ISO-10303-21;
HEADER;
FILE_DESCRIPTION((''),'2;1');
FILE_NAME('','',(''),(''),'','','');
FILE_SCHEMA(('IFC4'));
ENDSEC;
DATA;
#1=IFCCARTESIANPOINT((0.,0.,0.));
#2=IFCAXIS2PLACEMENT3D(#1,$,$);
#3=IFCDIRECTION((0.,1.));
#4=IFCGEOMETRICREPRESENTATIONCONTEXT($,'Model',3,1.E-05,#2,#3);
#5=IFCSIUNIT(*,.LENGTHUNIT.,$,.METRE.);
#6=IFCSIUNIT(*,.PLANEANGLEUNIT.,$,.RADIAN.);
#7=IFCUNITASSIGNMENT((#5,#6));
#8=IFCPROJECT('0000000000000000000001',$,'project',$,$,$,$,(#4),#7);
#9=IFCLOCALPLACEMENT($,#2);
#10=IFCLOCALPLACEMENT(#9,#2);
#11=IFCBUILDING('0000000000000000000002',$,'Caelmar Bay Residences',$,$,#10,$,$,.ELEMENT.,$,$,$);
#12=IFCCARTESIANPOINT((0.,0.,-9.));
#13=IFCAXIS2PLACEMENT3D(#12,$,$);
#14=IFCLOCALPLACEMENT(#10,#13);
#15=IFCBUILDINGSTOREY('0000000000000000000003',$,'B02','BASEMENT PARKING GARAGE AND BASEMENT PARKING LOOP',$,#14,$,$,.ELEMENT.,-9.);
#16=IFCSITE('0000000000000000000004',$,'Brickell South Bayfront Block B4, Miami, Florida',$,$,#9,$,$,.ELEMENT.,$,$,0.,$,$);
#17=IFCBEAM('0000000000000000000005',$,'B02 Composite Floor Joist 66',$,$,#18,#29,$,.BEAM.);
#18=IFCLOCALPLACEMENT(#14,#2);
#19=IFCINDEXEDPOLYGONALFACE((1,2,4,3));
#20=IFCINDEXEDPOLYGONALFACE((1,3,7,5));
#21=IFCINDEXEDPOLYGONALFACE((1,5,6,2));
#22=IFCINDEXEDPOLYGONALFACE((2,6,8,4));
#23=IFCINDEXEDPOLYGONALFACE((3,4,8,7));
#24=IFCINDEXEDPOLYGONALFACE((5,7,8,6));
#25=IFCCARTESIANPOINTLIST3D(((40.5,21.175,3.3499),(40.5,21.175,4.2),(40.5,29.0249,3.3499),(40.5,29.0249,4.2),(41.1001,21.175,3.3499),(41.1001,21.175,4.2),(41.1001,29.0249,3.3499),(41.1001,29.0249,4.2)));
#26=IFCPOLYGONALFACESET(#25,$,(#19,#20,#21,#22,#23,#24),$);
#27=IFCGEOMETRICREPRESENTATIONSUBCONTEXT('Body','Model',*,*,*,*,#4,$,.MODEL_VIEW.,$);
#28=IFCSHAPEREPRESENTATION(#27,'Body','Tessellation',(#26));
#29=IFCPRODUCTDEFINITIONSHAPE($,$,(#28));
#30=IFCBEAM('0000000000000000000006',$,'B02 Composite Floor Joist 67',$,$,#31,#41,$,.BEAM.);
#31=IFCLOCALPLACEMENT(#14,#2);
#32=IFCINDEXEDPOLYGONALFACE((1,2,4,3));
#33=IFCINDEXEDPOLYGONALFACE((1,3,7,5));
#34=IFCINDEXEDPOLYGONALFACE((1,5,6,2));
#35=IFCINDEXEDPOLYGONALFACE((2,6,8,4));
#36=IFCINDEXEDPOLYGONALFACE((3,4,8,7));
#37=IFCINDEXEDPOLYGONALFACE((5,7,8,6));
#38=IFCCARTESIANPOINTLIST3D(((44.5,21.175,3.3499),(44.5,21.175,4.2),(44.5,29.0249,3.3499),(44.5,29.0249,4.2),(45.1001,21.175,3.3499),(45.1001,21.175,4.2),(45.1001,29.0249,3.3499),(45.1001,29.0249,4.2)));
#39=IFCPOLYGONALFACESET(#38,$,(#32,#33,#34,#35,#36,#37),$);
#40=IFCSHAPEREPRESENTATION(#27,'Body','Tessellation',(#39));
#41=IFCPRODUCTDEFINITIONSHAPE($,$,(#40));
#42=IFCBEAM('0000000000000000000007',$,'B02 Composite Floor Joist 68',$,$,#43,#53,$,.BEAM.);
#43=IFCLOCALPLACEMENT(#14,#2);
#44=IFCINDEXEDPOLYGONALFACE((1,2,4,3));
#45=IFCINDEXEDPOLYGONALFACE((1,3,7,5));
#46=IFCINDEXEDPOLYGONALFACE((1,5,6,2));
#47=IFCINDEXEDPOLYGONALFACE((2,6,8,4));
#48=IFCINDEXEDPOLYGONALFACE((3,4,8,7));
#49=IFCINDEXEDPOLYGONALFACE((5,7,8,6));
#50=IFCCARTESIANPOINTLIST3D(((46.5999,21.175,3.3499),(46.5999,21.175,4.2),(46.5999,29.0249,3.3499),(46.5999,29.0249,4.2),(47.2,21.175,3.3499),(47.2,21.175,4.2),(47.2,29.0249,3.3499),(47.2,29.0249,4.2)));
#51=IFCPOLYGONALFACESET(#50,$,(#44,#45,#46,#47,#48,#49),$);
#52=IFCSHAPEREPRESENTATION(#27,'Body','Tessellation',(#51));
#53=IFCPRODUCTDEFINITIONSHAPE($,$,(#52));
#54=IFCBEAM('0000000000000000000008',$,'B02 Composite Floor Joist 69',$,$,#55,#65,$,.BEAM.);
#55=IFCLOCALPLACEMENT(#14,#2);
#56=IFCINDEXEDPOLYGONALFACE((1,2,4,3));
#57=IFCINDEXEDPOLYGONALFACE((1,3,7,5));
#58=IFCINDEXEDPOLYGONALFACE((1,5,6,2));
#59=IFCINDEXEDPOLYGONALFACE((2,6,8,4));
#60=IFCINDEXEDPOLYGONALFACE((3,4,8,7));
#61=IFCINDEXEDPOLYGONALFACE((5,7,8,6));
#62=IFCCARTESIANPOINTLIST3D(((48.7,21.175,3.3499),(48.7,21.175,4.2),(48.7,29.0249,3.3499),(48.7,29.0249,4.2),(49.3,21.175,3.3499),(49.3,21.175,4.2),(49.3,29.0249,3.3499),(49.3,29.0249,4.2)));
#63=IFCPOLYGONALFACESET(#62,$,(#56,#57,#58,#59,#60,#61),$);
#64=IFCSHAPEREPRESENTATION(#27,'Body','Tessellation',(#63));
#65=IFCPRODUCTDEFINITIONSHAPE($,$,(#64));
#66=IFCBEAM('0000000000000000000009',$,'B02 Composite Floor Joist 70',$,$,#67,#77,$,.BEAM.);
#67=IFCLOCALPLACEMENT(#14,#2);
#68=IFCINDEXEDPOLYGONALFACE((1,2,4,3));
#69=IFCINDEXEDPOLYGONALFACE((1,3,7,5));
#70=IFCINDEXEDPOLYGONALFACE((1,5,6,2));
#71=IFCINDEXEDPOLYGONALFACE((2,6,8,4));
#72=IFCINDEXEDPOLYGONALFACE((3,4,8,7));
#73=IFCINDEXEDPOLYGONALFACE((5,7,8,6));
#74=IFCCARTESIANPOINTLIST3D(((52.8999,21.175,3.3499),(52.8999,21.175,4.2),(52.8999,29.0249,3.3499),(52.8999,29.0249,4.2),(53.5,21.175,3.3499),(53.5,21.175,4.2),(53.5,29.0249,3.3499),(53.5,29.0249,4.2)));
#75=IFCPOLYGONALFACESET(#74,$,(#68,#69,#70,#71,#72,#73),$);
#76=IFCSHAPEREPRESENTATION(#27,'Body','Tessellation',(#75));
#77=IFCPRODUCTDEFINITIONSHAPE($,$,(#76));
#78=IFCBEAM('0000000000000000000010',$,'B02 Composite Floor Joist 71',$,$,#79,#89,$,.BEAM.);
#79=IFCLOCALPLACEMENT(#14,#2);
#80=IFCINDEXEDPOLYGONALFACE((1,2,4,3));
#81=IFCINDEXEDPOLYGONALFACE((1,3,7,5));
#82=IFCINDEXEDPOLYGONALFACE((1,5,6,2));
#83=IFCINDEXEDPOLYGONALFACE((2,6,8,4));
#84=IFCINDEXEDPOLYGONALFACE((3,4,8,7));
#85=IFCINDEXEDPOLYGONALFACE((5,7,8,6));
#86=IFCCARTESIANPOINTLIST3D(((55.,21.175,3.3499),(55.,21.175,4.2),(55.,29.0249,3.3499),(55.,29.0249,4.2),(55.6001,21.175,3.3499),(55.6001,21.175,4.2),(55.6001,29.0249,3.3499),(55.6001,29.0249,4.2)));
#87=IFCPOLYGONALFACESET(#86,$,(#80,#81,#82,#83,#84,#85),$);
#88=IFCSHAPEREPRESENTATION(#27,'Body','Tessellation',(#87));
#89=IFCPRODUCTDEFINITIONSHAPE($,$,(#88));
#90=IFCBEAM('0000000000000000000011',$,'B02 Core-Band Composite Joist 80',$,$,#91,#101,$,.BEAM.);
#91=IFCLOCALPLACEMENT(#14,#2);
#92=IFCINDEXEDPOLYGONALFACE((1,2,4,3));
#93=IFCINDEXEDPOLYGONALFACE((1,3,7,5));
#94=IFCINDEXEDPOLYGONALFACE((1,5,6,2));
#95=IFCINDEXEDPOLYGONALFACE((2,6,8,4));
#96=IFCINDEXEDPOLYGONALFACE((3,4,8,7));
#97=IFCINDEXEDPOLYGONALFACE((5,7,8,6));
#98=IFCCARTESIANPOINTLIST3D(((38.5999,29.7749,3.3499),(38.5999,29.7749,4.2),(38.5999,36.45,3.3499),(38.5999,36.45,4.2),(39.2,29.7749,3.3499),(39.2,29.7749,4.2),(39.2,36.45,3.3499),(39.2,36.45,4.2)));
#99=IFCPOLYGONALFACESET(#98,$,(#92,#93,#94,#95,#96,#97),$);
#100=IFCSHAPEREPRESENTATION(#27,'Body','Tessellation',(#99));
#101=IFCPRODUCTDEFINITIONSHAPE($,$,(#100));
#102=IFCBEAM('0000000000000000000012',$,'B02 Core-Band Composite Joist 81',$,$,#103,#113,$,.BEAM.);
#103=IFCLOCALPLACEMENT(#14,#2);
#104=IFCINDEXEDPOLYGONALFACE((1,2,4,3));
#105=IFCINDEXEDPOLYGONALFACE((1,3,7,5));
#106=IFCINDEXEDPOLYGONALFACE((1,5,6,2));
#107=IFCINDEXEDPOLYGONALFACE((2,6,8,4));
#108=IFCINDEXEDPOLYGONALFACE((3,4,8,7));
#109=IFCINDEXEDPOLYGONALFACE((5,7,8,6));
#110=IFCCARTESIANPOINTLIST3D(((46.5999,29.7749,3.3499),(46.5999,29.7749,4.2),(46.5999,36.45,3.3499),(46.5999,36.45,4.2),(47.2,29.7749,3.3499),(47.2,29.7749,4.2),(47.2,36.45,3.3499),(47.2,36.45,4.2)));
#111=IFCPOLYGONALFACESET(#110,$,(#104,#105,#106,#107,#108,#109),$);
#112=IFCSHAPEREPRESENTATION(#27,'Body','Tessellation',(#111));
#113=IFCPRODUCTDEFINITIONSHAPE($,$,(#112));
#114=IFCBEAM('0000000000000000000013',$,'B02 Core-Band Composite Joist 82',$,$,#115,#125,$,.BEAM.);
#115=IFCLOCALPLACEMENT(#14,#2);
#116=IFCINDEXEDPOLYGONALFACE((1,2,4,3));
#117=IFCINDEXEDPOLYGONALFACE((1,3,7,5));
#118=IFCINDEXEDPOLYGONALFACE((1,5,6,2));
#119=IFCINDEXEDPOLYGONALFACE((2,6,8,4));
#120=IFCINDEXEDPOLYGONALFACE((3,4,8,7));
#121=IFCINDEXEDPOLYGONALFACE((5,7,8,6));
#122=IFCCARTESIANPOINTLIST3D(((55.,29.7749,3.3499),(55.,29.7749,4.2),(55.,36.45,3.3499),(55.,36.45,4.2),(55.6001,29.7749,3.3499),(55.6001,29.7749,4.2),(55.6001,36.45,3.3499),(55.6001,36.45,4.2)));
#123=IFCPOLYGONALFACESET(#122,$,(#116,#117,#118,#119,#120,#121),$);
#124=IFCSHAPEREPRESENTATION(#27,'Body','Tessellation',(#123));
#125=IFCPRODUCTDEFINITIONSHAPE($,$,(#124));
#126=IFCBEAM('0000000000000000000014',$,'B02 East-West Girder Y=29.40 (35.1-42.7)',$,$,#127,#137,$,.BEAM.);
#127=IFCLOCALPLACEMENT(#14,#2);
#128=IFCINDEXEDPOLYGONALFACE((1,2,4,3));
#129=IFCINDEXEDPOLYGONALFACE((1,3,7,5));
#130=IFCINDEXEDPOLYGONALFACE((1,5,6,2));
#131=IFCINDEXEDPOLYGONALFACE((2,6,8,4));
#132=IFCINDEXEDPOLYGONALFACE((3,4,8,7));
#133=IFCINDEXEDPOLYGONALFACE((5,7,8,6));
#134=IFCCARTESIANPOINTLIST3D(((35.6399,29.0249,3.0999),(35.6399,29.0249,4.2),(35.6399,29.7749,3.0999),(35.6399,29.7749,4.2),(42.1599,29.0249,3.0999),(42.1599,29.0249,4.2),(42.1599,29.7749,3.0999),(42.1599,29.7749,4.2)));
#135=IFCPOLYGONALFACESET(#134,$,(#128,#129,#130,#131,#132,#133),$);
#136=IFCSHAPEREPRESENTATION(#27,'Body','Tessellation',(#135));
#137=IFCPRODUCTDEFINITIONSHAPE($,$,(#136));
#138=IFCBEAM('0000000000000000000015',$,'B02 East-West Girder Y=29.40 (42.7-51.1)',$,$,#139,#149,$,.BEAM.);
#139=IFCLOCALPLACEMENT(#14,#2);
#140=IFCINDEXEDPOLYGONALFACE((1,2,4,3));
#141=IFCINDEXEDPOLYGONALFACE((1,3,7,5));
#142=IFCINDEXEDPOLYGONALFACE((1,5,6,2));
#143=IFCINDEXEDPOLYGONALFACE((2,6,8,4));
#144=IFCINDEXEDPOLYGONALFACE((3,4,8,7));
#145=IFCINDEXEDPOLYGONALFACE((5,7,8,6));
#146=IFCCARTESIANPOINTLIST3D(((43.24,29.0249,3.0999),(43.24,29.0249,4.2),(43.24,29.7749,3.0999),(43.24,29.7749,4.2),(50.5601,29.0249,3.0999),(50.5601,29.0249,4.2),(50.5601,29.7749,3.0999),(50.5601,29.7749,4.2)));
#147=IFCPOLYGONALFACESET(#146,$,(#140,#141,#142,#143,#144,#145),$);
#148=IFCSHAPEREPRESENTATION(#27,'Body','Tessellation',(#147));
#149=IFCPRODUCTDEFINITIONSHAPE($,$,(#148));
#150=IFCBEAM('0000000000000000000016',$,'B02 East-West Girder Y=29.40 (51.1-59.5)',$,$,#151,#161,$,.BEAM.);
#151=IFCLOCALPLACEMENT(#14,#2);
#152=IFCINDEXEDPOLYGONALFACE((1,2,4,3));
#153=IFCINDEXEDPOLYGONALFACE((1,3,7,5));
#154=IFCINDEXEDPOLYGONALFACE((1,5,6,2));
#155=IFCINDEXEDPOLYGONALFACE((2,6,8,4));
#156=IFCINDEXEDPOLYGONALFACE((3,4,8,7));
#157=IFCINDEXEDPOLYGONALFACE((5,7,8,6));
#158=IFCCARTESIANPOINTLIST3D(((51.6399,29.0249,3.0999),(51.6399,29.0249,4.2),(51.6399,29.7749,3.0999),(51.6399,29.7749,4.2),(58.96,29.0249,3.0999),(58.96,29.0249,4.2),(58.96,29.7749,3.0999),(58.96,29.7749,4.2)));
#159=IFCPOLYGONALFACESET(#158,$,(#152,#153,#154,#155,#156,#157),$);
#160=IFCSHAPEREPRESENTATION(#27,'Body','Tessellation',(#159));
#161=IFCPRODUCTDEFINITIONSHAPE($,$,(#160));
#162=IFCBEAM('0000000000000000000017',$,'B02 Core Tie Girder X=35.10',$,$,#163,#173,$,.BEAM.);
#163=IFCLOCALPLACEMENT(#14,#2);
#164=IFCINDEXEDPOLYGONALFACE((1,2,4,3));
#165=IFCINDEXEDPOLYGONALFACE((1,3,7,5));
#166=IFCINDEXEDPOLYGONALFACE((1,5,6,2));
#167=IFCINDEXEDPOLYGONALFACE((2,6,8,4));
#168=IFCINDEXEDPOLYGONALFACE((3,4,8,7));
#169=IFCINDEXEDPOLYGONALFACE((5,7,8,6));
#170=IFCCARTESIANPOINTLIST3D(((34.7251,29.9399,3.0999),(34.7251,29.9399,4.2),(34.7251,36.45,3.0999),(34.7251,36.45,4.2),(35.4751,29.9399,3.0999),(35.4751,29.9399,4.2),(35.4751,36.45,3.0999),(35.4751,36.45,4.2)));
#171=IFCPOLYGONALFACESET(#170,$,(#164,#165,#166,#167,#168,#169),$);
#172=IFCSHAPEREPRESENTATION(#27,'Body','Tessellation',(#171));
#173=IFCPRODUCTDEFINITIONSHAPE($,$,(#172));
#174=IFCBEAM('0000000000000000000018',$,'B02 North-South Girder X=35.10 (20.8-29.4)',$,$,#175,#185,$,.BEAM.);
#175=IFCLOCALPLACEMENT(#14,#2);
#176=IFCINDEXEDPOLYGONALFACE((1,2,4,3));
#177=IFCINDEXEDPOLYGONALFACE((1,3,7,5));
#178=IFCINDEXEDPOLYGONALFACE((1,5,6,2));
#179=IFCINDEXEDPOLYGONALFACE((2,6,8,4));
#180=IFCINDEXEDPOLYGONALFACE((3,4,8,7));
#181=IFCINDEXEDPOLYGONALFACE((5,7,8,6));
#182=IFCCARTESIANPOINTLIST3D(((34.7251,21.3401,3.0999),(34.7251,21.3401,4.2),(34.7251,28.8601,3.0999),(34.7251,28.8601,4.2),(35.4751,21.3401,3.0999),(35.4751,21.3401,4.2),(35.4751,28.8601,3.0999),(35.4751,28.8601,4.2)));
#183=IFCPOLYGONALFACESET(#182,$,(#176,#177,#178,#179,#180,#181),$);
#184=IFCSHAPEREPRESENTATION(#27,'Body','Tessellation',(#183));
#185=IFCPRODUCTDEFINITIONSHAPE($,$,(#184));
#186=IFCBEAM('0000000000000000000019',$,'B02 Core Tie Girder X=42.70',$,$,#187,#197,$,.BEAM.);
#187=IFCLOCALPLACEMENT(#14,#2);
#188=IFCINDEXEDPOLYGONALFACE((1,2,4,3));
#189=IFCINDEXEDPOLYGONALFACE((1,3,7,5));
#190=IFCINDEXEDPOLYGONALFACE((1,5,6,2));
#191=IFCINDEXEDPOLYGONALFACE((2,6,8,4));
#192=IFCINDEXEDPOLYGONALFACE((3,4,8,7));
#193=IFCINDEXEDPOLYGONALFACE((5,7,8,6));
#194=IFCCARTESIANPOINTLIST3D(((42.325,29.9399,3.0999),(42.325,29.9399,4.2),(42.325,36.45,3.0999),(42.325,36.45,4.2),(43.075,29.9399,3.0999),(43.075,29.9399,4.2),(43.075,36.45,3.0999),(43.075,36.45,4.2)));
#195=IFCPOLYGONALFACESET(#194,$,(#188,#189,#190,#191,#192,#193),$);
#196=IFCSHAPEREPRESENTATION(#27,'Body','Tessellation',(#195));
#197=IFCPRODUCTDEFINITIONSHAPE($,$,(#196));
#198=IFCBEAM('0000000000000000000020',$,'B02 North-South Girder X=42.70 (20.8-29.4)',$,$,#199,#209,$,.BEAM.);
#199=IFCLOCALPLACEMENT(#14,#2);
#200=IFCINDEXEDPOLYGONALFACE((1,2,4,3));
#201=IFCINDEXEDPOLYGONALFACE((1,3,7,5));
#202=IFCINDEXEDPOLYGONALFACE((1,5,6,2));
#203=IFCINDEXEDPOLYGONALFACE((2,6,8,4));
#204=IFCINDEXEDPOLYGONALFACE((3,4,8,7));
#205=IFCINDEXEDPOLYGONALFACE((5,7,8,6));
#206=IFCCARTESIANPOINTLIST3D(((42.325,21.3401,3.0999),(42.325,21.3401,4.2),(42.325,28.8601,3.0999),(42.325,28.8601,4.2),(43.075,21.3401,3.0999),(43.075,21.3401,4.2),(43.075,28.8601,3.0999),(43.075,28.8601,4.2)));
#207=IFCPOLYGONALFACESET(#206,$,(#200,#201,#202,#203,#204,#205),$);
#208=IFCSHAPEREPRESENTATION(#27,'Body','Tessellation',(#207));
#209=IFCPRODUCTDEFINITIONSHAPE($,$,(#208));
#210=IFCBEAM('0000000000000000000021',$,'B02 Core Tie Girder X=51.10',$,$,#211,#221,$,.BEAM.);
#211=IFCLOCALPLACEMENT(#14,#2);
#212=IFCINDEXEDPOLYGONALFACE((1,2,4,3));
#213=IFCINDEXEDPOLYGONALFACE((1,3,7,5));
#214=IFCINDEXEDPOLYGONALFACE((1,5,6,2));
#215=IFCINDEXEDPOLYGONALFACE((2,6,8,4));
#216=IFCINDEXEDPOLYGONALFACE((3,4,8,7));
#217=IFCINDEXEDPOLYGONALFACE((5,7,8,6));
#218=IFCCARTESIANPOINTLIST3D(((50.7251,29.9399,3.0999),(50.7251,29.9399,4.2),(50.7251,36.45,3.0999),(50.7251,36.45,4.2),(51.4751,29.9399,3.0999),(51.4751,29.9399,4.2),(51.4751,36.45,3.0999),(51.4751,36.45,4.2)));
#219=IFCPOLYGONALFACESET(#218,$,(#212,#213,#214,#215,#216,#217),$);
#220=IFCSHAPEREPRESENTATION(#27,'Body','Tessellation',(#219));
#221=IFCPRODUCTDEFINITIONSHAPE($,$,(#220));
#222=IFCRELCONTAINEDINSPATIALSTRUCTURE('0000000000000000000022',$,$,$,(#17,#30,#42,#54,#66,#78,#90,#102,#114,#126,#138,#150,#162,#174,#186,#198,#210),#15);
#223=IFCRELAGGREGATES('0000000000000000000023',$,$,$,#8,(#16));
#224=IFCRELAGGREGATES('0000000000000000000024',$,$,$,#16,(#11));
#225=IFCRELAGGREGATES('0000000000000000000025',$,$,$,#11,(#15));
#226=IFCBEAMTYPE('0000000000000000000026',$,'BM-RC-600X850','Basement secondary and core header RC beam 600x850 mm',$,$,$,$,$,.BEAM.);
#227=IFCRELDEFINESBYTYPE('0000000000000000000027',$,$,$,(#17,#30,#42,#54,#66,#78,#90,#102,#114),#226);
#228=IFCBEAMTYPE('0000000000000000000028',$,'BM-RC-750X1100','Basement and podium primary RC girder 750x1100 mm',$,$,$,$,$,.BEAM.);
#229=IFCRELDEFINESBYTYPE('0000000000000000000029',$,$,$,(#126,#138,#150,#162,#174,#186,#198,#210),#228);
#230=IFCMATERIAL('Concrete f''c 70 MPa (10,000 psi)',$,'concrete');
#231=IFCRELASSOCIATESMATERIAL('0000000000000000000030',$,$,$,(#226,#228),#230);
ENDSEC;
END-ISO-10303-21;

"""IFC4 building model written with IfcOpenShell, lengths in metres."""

from ifc_helpers import new_model, si_unit, direction, frame, origin, origin_2d, place, context, subcontext, project, spatial, rectangle, extrude, material, material_profile, profile_set, type_object, element, save


model = new_model("IFC4")

# Units and contexts
model_context = context("Model", 3, precision=1e-05, world=origin(), true_north=direction((0.0, 1.0)))
body_context = subcontext(model_context, "Body", "Model", "MODEL_VIEW")
ifc_project = project(units=[si_unit("LENGTHUNIT", "METRE"), si_unit("PLANEANGLEUNIT", "RADIAN")], contexts=[model_context])

# Site, building, storey
site_placement = place(None, origin())
site = spatial("IfcSite", under=ifc_project, at=site_placement, Name="Brickell South Bayfront Block B4, Miami, Florida", CompositionType="ELEMENT", RefElevation=0.0)
building_placement = place(site_placement, origin())
building = spatial("IfcBuilding", under=site, at=building_placement, Name="Caelmar Bay Residences", CompositionType="ELEMENT")
storey_placement = place(building_placement, frame((0.0, 0.0, -9.0)))
storey = spatial("IfcBuildingStorey", under=building, at=storey_placement, Name="B02", Description="BASEMENT PARKING GARAGE AND BASEMENT PARKING LOOP", CompositionType="ELEMENT", Elevation=-9.0)

# Shared definitions
ifc_material_1 = material(Name="Concrete f'c 70 MPa (10,000 psi)", Category="concrete")

# Beams
ifc_material_profile_1 = material_profile(ifc_material_1, rectangle(XDim=0.6001, YDim=0.8501, at=origin_2d()), Name="RC-BM-600X850")
ifc_profile_set_1 = profile_set([ifc_material_profile_1], Name="Concrete f'c 70 MPa (10,000 psi)")
beam_type_1 = type_object("IfcBeamType", Name="BM-RC-600X850", Description="Basement secondary and core header RC beam 600x850 mm", PredefinedType="BEAM", material=ifc_profile_set_1)
for number, where, z_axis, x_axis, name in (
    (1, (40.8, 21.175, 3.7749), (0.0, 1.0, 0.0), (-1.0, 0.0, 0.0), "B02 Composite Floor Joist 66"),
    (2, (44.8, 21.175, 3.7749), (0.0, 1.0, 0.0), (-1.0, 0.0, 0.0), "B02 Composite Floor Joist 67"),
    (3, (46.8999, 21.175, 3.7749), (0.0, 1.0, 0.0), (-1.0, 0.0, 0.0), "B02 Composite Floor Joist 68"),
    (4, (49.0, 21.175, 3.7749), (0.0, 1.0, 0.0), (-1.0, 0.0, 0.0), "B02 Composite Floor Joist 69"),
    (5, (53.2, 21.175, 3.7749), (0.0, 1.0, 0.0), (-1.0, 0.0, 0.0), "B02 Composite Floor Joist 70"),
    (6, (55.3, 21.175, 3.7749), (0.0, 1.0, 0.0), (-1.0, 0.0, 0.0), "B02 Composite Floor Joist 71"),
):
    element("IfcBeam", number, at=place(storey_placement, frame(where, z_axis=z_axis, x_axis=x_axis)), inside=storey, type_object=beam_type_1, Name=name, PredefinedType="BEAM", context=body_context, shape_type="SweptSolid", body=[
        extrude(rectangle(XDim=0.6001, YDim=0.8501, at=origin_2d()), origin(), (0.0, 0.0, 1.0), 7.8499),
    ])
for number, where, z_axis, x_axis, name in (
    (7, (38.8999, 29.7749, 3.7749), (0.0, 1.0, 0.0), (-1.0, 0.0, 0.0), "B02 Core-Band Composite Joist 80"),
    (8, (46.8999, 29.7749, 3.7749), (0.0, 1.0, 0.0), (-1.0, 0.0, 0.0), "B02 Core-Band Composite Joist 81"),
    (9, (55.3, 29.7749, 3.7749), (0.0, 1.0, 0.0), (-1.0, 0.0, 0.0), "B02 Core-Band Composite Joist 82"),
):
    element("IfcBeam", number, at=place(storey_placement, frame(where, z_axis=z_axis, x_axis=x_axis)), inside=storey, type_object=beam_type_1, Name=name, PredefinedType="BEAM", context=body_context, shape_type="SweptSolid", body=[
        extrude(rectangle(XDim=0.6001, YDim=0.8501, at=origin_2d()), origin(), (0.0, 0.0, 1.0), 6.675),
    ])
ifc_material_profile_2 = material_profile(ifc_material_1, rectangle(XDim=0.75, YDim=1.1001, at=origin_2d()), Name="RC-BM-750X1100")
ifc_profile_set_2 = profile_set([ifc_material_profile_2], Name="Concrete f'c 70 MPa (10,000 psi)")
beam_type_2 = type_object("IfcBeamType", Name="BM-RC-750X1100", Description="Basement and podium primary RC girder 750x1100 mm", PredefinedType="BEAM", material=ifc_profile_set_2)
beam_1_placement = place(storey_placement, frame((35.6399, 29.3999, 3.6499), z_axis=(1.0, 0.0, 0.0), x_axis=(0.0, 1.0, 0.0)))
element("IfcBeam", 10, at=beam_1_placement, inside=storey, type_object=beam_type_2, Name="B02 East-West Girder Y=29.40 (35.1-42.7)", PredefinedType="BEAM", context=body_context, shape_type="SweptSolid", body=[
    extrude(rectangle(XDim=0.75, YDim=1.1001, at=origin_2d()), origin(), (0.0, 0.0, 1.0), 6.52),
])
for number, where, z_axis, x_axis, name in (
    (11, (43.24, 29.3999, 3.6499), (1.0, 0.0, 0.0), (0.0, 1.0, 0.0), "B02 East-West Girder Y=29.40 (42.7-51.1)"),
    (12, (51.6399, 29.3999, 3.6499), (1.0, 0.0, 0.0), (0.0, 1.0, 0.0), "B02 East-West Girder Y=29.40 (51.1-59.5)"),
):
    element("IfcBeam", number, at=place(storey_placement, frame(where, z_axis=z_axis, x_axis=x_axis)), inside=storey, type_object=beam_type_2, Name=name, PredefinedType="BEAM", context=body_context, shape_type="SweptSolid", body=[
        extrude(rectangle(XDim=0.75, YDim=1.1001, at=origin_2d()), origin(), (0.0, 0.0, 1.0), 7.3201),
    ])
beam_2_placement = place(storey_placement, frame((35.1001, 29.9399, 3.6499), z_axis=(0.0, 1.0, 0.0), x_axis=(-1.0, 0.0, 0.0)))
element("IfcBeam", 13, at=beam_2_placement, inside=storey, type_object=beam_type_2, Name="B02 Core Tie Girder X=35.10", PredefinedType="BEAM", context=body_context, shape_type="SweptSolid", body=[
    extrude(rectangle(XDim=0.75, YDim=1.1001, at=origin_2d()), origin(), (0.0, 0.0, 1.0), 6.51),
])
beam_3_placement = place(storey_placement, frame((35.1001, 21.3401, 3.6499), z_axis=(0.0, 1.0, 0.0), x_axis=(-1.0, 0.0, 0.0)))
element("IfcBeam", 14, at=beam_3_placement, inside=storey, type_object=beam_type_2, Name="B02 North-South Girder X=35.10 (20.8-29.4)", PredefinedType="BEAM", context=body_context, shape_type="SweptSolid", body=[
    extrude(rectangle(XDim=0.75, YDim=1.1001, at=origin_2d()), origin(), (0.0, 0.0, 1.0), 7.52),
])
beam_4_placement = place(storey_placement, frame((42.7, 29.9399, 3.6499), z_axis=(0.0, 1.0, 0.0), x_axis=(-1.0, 0.0, 0.0)))
element("IfcBeam", 15, at=beam_4_placement, inside=storey, type_object=beam_type_2, Name="B02 Core Tie Girder X=42.70", PredefinedType="BEAM", context=body_context, shape_type="SweptSolid", body=[
    extrude(rectangle(XDim=0.75, YDim=1.1001, at=origin_2d()), origin(), (0.0, 0.0, 1.0), 6.51),
])
beam_5_placement = place(storey_placement, frame((42.7, 21.3401, 3.6499), z_axis=(0.0, 1.0, 0.0), x_axis=(-1.0, 0.0, 0.0)))
element("IfcBeam", 16, at=beam_5_placement, inside=storey, type_object=beam_type_2, Name="B02 North-South Girder X=42.70 (20.8-29.4)", PredefinedType="BEAM", context=body_context, shape_type="SweptSolid", body=[
    extrude(rectangle(XDim=0.75, YDim=1.1001, at=origin_2d()), origin(), (0.0, 0.0, 1.0), 7.52),
])
beam_6_placement = place(storey_placement, frame((51.1001, 29.9399, 3.6499), z_axis=(0.0, 1.0, 0.0), x_axis=(-1.0, 0.0, 0.0)))
element("IfcBeam", 17, at=beam_6_placement, inside=storey, type_object=beam_type_2, Name="B02 Core Tie Girder X=51.10", PredefinedType="BEAM", context=body_context, shape_type="SweptSolid", body=[
    extrude(rectangle(XDim=0.75, YDim=1.1001, at=origin_2d()), origin(), (0.0, 0.0, 1.0), 6.51),
])

save(model, "model.ifc")
